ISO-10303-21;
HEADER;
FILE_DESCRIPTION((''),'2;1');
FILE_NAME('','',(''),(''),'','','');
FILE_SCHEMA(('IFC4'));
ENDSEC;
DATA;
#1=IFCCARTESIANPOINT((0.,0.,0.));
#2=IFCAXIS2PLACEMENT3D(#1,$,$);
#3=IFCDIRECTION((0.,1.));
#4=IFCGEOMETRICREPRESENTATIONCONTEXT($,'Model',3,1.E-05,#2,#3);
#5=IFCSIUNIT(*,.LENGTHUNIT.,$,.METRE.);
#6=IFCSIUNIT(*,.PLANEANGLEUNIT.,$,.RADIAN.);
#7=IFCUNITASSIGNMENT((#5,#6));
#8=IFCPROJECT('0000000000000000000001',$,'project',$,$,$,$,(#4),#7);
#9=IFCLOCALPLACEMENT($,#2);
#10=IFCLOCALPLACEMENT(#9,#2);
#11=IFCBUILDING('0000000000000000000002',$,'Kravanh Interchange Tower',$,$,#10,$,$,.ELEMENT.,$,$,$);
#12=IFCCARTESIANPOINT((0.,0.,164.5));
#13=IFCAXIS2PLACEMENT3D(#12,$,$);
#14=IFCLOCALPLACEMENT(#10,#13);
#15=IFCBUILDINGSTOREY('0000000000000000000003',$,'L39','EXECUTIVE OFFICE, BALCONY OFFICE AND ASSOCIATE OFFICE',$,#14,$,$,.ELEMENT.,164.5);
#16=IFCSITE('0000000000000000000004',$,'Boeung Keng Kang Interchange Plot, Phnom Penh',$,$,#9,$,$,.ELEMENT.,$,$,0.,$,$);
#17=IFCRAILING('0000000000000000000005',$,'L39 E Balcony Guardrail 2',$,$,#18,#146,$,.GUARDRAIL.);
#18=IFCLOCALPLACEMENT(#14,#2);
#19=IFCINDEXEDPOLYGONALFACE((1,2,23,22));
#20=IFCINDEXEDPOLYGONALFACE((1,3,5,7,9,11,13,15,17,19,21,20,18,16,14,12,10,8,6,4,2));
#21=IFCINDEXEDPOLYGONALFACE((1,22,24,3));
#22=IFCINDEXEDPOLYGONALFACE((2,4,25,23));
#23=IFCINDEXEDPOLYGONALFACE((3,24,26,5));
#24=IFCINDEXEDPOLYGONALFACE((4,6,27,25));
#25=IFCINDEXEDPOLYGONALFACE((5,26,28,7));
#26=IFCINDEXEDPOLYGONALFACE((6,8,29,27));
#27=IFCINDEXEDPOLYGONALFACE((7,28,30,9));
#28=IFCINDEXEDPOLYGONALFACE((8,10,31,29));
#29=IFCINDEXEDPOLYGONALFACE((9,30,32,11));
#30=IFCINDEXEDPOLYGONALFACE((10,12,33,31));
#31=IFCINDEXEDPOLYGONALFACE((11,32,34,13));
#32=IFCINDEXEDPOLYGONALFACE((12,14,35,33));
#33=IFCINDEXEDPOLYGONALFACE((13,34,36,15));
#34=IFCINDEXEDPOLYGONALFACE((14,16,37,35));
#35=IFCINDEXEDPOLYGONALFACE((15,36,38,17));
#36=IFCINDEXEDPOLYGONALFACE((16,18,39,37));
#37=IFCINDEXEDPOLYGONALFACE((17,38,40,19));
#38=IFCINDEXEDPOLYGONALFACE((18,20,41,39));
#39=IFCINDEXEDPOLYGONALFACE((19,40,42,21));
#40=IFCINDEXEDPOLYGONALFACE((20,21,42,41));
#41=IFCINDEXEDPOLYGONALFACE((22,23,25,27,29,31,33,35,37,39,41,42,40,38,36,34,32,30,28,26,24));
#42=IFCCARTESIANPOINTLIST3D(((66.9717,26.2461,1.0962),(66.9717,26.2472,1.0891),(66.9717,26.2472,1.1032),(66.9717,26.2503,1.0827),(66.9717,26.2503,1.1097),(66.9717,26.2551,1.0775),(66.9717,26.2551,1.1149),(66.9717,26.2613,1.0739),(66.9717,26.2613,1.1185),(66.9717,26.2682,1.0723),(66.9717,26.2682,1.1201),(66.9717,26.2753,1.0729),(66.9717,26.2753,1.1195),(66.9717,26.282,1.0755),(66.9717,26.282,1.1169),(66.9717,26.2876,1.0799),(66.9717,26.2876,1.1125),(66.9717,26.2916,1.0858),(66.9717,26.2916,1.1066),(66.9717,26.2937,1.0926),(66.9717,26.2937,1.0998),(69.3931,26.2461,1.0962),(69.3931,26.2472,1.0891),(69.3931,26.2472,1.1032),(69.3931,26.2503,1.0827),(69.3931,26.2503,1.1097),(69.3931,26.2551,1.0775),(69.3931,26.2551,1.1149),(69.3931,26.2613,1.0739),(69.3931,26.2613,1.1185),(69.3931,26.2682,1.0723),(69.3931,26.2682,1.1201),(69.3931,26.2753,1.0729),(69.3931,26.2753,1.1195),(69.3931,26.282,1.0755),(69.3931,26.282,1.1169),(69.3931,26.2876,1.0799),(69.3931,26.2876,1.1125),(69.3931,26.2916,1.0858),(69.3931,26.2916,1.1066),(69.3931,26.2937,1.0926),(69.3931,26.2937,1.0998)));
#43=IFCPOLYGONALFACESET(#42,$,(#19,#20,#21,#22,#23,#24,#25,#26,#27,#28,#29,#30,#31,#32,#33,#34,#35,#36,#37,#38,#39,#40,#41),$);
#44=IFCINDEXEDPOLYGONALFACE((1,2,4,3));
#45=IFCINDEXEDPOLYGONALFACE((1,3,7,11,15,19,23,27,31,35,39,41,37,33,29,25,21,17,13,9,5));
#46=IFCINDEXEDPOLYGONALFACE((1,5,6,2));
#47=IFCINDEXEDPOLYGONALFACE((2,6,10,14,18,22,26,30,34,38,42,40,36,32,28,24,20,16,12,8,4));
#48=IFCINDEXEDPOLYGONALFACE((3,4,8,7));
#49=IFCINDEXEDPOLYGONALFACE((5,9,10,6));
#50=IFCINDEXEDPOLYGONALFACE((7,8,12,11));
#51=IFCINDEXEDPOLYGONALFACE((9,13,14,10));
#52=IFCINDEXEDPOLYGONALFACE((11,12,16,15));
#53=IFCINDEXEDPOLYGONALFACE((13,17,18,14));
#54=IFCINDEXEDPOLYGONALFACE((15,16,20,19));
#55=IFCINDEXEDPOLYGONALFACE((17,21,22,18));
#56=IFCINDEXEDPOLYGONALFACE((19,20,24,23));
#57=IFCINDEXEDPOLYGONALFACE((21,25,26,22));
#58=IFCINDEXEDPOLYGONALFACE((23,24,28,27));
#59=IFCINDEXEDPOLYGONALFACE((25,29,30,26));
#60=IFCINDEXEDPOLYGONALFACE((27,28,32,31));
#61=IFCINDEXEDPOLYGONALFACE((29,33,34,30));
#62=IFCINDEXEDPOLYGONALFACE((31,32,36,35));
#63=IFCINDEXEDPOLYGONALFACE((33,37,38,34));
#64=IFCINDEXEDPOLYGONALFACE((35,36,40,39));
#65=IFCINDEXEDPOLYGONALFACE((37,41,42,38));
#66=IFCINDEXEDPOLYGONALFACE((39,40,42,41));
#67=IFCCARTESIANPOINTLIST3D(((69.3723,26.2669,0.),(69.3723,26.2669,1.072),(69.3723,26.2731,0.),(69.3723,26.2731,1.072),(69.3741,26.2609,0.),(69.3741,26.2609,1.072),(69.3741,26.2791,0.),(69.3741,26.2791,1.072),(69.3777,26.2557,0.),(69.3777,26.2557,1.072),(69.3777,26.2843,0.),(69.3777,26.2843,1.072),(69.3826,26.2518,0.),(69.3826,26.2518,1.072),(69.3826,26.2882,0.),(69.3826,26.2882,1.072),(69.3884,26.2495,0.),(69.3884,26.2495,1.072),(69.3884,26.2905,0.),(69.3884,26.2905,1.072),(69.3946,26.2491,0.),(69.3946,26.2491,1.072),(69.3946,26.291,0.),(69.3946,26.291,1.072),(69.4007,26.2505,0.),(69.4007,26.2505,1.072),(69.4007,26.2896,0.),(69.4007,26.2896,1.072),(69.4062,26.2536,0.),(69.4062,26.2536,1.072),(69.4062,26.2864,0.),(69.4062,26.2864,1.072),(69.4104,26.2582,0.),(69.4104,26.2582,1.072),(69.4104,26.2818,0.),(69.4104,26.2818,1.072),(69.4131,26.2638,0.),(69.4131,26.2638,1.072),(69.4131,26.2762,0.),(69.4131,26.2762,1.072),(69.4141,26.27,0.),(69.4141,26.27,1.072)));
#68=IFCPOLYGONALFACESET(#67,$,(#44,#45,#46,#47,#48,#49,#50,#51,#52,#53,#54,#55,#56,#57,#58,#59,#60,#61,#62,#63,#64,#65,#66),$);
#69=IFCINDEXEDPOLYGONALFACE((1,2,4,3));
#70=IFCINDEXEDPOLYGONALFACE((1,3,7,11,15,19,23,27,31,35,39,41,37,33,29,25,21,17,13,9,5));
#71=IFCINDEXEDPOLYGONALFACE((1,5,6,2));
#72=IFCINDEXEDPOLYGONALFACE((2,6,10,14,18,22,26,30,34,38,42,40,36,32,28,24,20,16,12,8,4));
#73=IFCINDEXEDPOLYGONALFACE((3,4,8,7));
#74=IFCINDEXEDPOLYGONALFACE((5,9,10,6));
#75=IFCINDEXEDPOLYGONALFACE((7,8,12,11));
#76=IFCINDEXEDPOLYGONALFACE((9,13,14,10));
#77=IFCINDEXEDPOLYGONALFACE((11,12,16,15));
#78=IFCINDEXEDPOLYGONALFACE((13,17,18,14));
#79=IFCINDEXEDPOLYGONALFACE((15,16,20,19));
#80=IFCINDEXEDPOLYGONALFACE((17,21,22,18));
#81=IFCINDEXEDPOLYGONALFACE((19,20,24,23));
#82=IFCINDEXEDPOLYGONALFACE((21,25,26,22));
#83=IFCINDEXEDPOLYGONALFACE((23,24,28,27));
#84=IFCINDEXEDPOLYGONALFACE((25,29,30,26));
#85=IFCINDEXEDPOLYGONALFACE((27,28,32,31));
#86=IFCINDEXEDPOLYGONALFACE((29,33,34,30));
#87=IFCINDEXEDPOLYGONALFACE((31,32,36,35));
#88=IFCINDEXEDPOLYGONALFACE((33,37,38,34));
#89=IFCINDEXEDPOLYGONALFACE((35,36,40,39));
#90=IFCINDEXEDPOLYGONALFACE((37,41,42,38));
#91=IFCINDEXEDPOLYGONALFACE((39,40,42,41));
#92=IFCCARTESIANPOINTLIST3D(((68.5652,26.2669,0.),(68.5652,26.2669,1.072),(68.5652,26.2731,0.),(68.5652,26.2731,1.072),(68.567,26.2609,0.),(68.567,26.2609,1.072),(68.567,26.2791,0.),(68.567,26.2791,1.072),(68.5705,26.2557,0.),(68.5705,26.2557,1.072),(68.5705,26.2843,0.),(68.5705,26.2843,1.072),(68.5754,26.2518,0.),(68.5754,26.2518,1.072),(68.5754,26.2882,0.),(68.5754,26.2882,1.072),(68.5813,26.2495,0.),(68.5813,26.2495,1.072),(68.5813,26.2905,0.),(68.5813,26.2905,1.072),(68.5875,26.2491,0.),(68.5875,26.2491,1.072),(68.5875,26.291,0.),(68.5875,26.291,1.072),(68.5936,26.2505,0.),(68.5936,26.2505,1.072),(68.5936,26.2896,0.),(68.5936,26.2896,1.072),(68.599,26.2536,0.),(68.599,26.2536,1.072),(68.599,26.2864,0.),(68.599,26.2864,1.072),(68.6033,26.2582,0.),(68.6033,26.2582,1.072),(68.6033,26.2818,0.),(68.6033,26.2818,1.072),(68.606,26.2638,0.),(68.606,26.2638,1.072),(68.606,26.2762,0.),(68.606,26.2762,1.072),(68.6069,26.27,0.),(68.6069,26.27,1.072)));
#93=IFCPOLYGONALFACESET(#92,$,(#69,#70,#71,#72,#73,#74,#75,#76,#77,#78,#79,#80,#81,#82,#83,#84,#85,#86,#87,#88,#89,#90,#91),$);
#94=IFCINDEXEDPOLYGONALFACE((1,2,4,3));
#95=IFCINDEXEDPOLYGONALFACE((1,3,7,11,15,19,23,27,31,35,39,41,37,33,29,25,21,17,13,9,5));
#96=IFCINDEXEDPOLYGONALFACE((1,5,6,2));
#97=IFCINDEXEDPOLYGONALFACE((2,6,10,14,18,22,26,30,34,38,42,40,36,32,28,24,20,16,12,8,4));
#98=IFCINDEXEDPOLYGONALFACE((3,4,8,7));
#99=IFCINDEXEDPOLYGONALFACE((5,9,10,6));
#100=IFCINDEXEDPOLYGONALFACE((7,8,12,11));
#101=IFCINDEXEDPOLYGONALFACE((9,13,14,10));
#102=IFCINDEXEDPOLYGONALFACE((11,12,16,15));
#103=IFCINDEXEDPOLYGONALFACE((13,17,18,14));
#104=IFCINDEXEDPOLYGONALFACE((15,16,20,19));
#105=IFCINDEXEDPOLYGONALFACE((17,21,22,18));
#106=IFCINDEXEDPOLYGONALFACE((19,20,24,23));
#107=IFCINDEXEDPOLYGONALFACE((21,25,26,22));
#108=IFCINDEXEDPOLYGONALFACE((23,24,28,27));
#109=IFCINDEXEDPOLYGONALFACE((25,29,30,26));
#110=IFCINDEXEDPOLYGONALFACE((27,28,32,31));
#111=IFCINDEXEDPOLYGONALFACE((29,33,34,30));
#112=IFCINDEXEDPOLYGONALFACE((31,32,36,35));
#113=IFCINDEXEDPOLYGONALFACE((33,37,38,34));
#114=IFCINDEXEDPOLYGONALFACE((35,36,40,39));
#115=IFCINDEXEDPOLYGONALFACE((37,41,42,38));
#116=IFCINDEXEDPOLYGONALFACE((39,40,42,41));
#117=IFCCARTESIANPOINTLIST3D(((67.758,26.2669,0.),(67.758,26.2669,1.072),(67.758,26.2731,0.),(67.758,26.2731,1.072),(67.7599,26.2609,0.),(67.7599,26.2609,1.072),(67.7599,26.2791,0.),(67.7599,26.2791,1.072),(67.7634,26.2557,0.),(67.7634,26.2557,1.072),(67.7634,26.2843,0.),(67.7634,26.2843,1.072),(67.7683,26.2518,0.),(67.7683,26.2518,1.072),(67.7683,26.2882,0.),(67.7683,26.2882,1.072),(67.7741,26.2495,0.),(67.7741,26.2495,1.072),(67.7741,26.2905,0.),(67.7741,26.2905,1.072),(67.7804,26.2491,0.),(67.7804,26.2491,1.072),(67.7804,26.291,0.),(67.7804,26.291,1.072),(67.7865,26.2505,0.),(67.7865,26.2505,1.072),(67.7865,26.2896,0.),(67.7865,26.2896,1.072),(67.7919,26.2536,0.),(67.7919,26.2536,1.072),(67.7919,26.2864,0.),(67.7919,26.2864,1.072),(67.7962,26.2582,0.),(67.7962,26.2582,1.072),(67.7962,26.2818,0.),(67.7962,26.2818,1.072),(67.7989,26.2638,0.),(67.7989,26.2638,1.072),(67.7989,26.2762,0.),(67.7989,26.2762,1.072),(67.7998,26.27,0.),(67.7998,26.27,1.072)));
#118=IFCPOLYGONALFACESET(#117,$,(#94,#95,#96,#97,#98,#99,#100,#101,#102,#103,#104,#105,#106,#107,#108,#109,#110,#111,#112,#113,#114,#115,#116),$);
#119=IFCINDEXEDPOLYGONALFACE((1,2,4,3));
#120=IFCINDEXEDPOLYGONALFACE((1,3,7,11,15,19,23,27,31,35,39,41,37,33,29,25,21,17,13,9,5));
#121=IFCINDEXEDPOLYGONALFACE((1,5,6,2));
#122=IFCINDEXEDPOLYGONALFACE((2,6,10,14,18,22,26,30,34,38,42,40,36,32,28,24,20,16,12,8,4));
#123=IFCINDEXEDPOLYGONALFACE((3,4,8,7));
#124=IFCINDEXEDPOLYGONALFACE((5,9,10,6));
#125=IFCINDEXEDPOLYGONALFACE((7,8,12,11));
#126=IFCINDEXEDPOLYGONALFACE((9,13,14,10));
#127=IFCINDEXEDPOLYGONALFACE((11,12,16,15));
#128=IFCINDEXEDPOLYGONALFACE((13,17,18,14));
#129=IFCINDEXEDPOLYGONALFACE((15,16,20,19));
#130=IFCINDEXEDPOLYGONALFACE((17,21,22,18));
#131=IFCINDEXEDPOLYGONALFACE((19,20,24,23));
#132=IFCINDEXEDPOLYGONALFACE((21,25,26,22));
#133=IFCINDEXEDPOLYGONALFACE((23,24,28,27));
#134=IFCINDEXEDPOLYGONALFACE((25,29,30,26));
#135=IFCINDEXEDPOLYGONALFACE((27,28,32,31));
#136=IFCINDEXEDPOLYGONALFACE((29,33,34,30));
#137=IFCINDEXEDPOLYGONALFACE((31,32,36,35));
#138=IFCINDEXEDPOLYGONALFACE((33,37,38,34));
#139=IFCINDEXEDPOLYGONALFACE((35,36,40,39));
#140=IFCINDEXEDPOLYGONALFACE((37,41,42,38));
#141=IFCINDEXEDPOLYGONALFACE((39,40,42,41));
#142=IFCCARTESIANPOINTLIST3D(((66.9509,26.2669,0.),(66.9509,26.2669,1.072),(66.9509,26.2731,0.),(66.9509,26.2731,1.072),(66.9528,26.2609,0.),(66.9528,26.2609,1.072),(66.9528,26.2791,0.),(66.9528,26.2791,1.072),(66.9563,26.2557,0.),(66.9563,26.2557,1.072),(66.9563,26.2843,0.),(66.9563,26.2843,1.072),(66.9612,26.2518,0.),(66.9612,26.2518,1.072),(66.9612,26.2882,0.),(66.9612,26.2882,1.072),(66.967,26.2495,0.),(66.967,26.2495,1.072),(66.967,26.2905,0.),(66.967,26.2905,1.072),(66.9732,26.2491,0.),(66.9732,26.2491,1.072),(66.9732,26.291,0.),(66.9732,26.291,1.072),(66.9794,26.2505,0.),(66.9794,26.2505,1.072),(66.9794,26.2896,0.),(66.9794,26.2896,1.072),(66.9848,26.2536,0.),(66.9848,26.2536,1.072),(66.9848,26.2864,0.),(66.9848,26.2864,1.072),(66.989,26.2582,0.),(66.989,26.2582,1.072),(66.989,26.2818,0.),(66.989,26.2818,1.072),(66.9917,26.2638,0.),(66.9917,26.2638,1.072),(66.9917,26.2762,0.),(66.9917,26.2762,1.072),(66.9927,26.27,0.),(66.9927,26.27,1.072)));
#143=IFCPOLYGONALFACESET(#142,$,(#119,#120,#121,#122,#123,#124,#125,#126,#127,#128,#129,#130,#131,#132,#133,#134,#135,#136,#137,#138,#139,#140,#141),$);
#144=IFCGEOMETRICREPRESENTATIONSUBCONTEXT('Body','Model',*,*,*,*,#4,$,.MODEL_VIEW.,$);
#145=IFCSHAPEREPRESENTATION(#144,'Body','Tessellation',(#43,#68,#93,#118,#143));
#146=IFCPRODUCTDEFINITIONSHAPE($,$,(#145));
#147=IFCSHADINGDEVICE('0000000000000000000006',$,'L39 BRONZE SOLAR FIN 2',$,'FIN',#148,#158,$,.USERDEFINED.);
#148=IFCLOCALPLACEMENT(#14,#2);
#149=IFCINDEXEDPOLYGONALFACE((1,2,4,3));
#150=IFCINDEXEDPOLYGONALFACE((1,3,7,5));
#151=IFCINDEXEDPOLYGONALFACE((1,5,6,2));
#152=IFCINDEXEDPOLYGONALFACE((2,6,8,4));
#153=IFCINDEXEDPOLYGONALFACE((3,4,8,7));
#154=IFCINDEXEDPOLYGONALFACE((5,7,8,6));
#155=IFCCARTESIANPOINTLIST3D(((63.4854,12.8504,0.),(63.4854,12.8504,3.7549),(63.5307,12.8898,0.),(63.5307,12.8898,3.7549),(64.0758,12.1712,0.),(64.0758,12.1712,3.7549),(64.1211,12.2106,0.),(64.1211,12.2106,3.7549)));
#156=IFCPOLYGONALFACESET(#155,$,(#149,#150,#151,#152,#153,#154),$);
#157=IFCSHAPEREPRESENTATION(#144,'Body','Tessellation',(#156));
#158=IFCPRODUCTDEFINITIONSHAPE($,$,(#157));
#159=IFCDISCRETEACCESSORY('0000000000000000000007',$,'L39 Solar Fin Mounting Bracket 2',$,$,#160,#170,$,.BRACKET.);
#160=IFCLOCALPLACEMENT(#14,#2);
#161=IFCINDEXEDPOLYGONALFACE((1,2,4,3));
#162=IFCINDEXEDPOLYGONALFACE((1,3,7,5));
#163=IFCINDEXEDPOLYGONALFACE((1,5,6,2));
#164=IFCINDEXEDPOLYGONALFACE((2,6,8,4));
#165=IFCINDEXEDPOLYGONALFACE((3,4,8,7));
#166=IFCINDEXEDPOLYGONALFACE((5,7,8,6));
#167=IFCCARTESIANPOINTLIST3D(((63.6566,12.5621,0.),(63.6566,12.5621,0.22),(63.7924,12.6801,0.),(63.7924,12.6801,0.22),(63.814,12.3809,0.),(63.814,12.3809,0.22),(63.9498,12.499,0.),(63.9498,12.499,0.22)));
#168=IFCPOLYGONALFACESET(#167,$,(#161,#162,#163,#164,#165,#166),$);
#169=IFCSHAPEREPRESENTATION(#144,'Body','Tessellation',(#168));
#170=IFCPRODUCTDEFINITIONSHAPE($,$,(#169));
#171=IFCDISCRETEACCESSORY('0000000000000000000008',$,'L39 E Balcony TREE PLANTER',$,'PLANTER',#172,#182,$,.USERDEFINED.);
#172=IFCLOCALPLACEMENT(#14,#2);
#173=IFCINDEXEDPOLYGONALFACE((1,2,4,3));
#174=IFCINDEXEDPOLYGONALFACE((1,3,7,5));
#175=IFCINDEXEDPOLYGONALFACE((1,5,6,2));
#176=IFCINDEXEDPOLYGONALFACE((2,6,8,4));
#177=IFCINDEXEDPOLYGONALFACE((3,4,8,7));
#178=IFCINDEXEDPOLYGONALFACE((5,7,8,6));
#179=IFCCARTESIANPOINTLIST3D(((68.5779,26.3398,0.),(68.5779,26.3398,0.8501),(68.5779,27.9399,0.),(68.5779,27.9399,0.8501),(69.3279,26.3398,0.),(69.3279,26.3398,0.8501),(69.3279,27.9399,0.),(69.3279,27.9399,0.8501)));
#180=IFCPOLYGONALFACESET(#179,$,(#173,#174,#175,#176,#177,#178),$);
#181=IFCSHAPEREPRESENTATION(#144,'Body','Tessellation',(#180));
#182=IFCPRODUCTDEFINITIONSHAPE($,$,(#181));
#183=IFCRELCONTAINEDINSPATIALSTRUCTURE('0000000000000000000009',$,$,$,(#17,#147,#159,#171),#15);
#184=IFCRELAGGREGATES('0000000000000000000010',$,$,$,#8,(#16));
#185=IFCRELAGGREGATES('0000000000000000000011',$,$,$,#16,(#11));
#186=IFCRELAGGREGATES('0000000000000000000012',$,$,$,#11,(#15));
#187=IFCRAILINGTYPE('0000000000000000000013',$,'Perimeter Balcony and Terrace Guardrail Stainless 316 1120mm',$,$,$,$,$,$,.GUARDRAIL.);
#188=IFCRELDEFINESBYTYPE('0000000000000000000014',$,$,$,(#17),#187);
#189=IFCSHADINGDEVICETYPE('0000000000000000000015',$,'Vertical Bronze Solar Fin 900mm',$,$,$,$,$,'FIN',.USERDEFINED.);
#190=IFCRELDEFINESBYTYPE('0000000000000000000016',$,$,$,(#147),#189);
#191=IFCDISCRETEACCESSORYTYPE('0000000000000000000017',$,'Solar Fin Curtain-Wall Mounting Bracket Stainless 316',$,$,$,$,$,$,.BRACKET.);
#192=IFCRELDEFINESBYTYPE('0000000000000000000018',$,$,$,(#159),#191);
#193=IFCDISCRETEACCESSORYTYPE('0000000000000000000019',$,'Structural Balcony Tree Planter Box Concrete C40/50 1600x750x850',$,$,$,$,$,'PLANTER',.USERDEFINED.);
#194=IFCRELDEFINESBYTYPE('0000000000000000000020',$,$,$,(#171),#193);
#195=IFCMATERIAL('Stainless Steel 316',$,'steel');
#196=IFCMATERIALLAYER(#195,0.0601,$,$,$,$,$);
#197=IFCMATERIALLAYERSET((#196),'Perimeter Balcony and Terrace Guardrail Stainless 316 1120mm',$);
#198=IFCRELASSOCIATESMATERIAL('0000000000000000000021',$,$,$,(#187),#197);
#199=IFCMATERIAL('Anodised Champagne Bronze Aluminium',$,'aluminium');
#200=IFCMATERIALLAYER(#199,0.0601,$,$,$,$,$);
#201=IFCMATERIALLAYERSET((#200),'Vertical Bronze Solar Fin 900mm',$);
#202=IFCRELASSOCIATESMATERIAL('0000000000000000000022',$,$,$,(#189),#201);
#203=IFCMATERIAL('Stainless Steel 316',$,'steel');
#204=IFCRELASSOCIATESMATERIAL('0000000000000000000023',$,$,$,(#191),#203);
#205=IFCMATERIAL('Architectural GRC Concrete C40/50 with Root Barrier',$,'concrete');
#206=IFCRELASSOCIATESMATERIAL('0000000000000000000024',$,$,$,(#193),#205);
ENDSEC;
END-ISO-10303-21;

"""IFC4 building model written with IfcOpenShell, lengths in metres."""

from ifc_helpers import new_model, si_unit, direction, frame, origin, origin_2d, place, context, subcontext, project, spatial, rectangle, circle, extrude, material, layer, layer_set, type_object, element, save


model = new_model("IFC4")

# Units and contexts
model_context = context("Model", 3, precision=1e-05, world=origin(), true_north=direction((0.0, 1.0)))
body_context = subcontext(model_context, "Body", "Model", "MODEL_VIEW")
ifc_project = project(units=[si_unit("LENGTHUNIT", "METRE"), si_unit("PLANEANGLEUNIT", "RADIAN")], contexts=[model_context])

# Site, building, storey
site_placement = place(None, origin())
site = spatial("IfcSite", under=ifc_project, at=site_placement, Name="Boeung Keng Kang Interchange Plot, Phnom Penh", CompositionType="ELEMENT", RefElevation=0.0)
building_placement = place(site_placement, origin())
building = spatial("IfcBuilding", under=site, at=building_placement, Name="Kravanh Interchange Tower", CompositionType="ELEMENT")
storey_placement = place(building_placement, frame((0.0, 0.0, 164.5)))
storey = spatial("IfcBuildingStorey", under=building, at=storey_placement, Name="L39", Description="EXECUTIVE OFFICE, BALCONY OFFICE AND ASSOCIATE OFFICE", CompositionType="ELEMENT", Elevation=164.5)

# Railing
ifc_material_1 = material(Name="Stainless Steel 316", Category="steel")
ifc_layer_1 = layer(ifc_material_1, 0.0601)
ifc_layer_set_1 = layer_set([ifc_layer_1], Name="Perimeter Balcony and Terrace Guardrail Stainless 316 1120mm")
railing_type = type_object("IfcRailingType", Name="Perimeter Balcony and Terrace Guardrail Stainless 316 1120mm", PredefinedType="GUARDRAIL", material=ifc_layer_set_1)
railing_placement = place(storey_placement, frame((69.3931, 26.27, 0.0)))
element("IfcRailing", 1, at=railing_placement, inside=storey, type_object=railing_type, Name="L39 E Balcony Guardrail 2", PredefinedType="GUARDRAIL", context=body_context, shape_type="SweptSolid", body=[
    extrude(circle(Radius=0.0239, at=origin_2d()), frame((0.0, 0.0, 1.0962), z_axis=(-1.0, 0.0, 0.0), x_axis=(0.0, -1.0, 0.0)), (0.0, 0.0, 1.0), 2.4214),
    extrude(circle(Radius=0.021, at=origin_2d()), origin(), (0.0, 0.0, 1.0), 1.072),
    extrude(circle(Radius=0.021, at=origin_2d()), frame((-0.8071, 0.0, 0.0)), (0.0, 0.0, 1.0), 1.072),
    extrude(circle(Radius=0.021, at=origin_2d()), frame((-1.6143, 0.0, 0.0)), (0.0, 0.0, 1.0), 1.072),
    extrude(circle(Radius=0.021, at=origin_2d()), frame((-2.4214, 0.0, 0.0)), (0.0, 0.0, 1.0), 1.072),
])

# Shading device
ifc_material_2 = material(Name="Anodised Champagne Bronze Aluminium", Category="aluminium")
ifc_layer_2 = layer(ifc_material_2, 0.0601)
ifc_layer_set_2 = layer_set([ifc_layer_2], Name="Vertical Bronze Solar Fin 900mm")
shading_device_type = type_object("IfcShadingDeviceType", Name="Vertical Bronze Solar Fin 900mm", ElementType="FIN", PredefinedType="USERDEFINED", material=ifc_layer_set_2)
shading_device_placement = place(storey_placement, frame((63.8032, 12.5305, 0.0), z_axis=(0.0, 0.0, 1.0), x_axis=(0.65606, -0.754709, 0.0)))
element("IfcShadingDevice", 2, at=shading_device_placement, inside=storey, type_object=shading_device_type, Name="L39 BRONZE SOLAR FIN 2", ObjectType="FIN", PredefinedType="USERDEFINED", context=body_context, shape_type="SweptSolid", body=[
    extrude(rectangle(XDim=0.8999, YDim=0.0601, at=origin_2d()), origin(), (0.0, 0.0, 1.0), 3.7549),
])

# Discrete accessories
ifc_material_3 = material(Name="Stainless Steel 316", Category="steel")
discrete_accessory_type_1 = type_object("IfcDiscreteAccessoryType", Name="Solar Fin Curtain-Wall Mounting Bracket Stainless 316", PredefinedType="BRACKET", material=ifc_material_3)
discrete_accessory_1_placement = place(storey_placement, frame((63.8032, 12.5305, 0.0), z_axis=(0.0, 0.0, 1.0), x_axis=(0.65606, -0.754709, 0.0)))
element("IfcDiscreteAccessory", 3, at=discrete_accessory_1_placement, inside=storey, type_object=discrete_accessory_type_1, Name="L39 Solar Fin Mounting Bracket 2", PredefinedType="BRACKET", context=body_context, shape_type="SweptSolid", body=[
    extrude(rectangle(XDim=0.24, YDim=0.1799, at=origin_2d()), origin(), (0.0, 0.0, 1.0), 0.22),
])
ifc_material_4 = material(Name="Architectural GRC Concrete C40/50 with Root Barrier", Category="concrete")
discrete_accessory_type_2 = type_object("IfcDiscreteAccessoryType", Name="Structural Balcony Tree Planter Box Concrete C40/50 1600x750x850", ElementType="PLANTER", PredefinedType="USERDEFINED", material=ifc_material_4)
discrete_accessory_2_placement = place(storey_placement, frame((68.9529, 27.1399, 0.0), z_axis=(0.0, 0.0, 1.0), x_axis=(1.0, 0.0, 0.0)))
element("IfcDiscreteAccessory", 4, at=discrete_accessory_2_placement, inside=storey, type_object=discrete_accessory_type_2, Name="L39 E Balcony TREE PLANTER", ObjectType="PLANTER", PredefinedType="USERDEFINED", context=body_context, shape_type="SweptSolid", body=[
    extrude(rectangle(XDim=0.75, YDim=1.6001, at=origin_2d()), origin(), (0.0, 0.0, 1.0), 0.8501),
])

save(model, "model.ifc")
